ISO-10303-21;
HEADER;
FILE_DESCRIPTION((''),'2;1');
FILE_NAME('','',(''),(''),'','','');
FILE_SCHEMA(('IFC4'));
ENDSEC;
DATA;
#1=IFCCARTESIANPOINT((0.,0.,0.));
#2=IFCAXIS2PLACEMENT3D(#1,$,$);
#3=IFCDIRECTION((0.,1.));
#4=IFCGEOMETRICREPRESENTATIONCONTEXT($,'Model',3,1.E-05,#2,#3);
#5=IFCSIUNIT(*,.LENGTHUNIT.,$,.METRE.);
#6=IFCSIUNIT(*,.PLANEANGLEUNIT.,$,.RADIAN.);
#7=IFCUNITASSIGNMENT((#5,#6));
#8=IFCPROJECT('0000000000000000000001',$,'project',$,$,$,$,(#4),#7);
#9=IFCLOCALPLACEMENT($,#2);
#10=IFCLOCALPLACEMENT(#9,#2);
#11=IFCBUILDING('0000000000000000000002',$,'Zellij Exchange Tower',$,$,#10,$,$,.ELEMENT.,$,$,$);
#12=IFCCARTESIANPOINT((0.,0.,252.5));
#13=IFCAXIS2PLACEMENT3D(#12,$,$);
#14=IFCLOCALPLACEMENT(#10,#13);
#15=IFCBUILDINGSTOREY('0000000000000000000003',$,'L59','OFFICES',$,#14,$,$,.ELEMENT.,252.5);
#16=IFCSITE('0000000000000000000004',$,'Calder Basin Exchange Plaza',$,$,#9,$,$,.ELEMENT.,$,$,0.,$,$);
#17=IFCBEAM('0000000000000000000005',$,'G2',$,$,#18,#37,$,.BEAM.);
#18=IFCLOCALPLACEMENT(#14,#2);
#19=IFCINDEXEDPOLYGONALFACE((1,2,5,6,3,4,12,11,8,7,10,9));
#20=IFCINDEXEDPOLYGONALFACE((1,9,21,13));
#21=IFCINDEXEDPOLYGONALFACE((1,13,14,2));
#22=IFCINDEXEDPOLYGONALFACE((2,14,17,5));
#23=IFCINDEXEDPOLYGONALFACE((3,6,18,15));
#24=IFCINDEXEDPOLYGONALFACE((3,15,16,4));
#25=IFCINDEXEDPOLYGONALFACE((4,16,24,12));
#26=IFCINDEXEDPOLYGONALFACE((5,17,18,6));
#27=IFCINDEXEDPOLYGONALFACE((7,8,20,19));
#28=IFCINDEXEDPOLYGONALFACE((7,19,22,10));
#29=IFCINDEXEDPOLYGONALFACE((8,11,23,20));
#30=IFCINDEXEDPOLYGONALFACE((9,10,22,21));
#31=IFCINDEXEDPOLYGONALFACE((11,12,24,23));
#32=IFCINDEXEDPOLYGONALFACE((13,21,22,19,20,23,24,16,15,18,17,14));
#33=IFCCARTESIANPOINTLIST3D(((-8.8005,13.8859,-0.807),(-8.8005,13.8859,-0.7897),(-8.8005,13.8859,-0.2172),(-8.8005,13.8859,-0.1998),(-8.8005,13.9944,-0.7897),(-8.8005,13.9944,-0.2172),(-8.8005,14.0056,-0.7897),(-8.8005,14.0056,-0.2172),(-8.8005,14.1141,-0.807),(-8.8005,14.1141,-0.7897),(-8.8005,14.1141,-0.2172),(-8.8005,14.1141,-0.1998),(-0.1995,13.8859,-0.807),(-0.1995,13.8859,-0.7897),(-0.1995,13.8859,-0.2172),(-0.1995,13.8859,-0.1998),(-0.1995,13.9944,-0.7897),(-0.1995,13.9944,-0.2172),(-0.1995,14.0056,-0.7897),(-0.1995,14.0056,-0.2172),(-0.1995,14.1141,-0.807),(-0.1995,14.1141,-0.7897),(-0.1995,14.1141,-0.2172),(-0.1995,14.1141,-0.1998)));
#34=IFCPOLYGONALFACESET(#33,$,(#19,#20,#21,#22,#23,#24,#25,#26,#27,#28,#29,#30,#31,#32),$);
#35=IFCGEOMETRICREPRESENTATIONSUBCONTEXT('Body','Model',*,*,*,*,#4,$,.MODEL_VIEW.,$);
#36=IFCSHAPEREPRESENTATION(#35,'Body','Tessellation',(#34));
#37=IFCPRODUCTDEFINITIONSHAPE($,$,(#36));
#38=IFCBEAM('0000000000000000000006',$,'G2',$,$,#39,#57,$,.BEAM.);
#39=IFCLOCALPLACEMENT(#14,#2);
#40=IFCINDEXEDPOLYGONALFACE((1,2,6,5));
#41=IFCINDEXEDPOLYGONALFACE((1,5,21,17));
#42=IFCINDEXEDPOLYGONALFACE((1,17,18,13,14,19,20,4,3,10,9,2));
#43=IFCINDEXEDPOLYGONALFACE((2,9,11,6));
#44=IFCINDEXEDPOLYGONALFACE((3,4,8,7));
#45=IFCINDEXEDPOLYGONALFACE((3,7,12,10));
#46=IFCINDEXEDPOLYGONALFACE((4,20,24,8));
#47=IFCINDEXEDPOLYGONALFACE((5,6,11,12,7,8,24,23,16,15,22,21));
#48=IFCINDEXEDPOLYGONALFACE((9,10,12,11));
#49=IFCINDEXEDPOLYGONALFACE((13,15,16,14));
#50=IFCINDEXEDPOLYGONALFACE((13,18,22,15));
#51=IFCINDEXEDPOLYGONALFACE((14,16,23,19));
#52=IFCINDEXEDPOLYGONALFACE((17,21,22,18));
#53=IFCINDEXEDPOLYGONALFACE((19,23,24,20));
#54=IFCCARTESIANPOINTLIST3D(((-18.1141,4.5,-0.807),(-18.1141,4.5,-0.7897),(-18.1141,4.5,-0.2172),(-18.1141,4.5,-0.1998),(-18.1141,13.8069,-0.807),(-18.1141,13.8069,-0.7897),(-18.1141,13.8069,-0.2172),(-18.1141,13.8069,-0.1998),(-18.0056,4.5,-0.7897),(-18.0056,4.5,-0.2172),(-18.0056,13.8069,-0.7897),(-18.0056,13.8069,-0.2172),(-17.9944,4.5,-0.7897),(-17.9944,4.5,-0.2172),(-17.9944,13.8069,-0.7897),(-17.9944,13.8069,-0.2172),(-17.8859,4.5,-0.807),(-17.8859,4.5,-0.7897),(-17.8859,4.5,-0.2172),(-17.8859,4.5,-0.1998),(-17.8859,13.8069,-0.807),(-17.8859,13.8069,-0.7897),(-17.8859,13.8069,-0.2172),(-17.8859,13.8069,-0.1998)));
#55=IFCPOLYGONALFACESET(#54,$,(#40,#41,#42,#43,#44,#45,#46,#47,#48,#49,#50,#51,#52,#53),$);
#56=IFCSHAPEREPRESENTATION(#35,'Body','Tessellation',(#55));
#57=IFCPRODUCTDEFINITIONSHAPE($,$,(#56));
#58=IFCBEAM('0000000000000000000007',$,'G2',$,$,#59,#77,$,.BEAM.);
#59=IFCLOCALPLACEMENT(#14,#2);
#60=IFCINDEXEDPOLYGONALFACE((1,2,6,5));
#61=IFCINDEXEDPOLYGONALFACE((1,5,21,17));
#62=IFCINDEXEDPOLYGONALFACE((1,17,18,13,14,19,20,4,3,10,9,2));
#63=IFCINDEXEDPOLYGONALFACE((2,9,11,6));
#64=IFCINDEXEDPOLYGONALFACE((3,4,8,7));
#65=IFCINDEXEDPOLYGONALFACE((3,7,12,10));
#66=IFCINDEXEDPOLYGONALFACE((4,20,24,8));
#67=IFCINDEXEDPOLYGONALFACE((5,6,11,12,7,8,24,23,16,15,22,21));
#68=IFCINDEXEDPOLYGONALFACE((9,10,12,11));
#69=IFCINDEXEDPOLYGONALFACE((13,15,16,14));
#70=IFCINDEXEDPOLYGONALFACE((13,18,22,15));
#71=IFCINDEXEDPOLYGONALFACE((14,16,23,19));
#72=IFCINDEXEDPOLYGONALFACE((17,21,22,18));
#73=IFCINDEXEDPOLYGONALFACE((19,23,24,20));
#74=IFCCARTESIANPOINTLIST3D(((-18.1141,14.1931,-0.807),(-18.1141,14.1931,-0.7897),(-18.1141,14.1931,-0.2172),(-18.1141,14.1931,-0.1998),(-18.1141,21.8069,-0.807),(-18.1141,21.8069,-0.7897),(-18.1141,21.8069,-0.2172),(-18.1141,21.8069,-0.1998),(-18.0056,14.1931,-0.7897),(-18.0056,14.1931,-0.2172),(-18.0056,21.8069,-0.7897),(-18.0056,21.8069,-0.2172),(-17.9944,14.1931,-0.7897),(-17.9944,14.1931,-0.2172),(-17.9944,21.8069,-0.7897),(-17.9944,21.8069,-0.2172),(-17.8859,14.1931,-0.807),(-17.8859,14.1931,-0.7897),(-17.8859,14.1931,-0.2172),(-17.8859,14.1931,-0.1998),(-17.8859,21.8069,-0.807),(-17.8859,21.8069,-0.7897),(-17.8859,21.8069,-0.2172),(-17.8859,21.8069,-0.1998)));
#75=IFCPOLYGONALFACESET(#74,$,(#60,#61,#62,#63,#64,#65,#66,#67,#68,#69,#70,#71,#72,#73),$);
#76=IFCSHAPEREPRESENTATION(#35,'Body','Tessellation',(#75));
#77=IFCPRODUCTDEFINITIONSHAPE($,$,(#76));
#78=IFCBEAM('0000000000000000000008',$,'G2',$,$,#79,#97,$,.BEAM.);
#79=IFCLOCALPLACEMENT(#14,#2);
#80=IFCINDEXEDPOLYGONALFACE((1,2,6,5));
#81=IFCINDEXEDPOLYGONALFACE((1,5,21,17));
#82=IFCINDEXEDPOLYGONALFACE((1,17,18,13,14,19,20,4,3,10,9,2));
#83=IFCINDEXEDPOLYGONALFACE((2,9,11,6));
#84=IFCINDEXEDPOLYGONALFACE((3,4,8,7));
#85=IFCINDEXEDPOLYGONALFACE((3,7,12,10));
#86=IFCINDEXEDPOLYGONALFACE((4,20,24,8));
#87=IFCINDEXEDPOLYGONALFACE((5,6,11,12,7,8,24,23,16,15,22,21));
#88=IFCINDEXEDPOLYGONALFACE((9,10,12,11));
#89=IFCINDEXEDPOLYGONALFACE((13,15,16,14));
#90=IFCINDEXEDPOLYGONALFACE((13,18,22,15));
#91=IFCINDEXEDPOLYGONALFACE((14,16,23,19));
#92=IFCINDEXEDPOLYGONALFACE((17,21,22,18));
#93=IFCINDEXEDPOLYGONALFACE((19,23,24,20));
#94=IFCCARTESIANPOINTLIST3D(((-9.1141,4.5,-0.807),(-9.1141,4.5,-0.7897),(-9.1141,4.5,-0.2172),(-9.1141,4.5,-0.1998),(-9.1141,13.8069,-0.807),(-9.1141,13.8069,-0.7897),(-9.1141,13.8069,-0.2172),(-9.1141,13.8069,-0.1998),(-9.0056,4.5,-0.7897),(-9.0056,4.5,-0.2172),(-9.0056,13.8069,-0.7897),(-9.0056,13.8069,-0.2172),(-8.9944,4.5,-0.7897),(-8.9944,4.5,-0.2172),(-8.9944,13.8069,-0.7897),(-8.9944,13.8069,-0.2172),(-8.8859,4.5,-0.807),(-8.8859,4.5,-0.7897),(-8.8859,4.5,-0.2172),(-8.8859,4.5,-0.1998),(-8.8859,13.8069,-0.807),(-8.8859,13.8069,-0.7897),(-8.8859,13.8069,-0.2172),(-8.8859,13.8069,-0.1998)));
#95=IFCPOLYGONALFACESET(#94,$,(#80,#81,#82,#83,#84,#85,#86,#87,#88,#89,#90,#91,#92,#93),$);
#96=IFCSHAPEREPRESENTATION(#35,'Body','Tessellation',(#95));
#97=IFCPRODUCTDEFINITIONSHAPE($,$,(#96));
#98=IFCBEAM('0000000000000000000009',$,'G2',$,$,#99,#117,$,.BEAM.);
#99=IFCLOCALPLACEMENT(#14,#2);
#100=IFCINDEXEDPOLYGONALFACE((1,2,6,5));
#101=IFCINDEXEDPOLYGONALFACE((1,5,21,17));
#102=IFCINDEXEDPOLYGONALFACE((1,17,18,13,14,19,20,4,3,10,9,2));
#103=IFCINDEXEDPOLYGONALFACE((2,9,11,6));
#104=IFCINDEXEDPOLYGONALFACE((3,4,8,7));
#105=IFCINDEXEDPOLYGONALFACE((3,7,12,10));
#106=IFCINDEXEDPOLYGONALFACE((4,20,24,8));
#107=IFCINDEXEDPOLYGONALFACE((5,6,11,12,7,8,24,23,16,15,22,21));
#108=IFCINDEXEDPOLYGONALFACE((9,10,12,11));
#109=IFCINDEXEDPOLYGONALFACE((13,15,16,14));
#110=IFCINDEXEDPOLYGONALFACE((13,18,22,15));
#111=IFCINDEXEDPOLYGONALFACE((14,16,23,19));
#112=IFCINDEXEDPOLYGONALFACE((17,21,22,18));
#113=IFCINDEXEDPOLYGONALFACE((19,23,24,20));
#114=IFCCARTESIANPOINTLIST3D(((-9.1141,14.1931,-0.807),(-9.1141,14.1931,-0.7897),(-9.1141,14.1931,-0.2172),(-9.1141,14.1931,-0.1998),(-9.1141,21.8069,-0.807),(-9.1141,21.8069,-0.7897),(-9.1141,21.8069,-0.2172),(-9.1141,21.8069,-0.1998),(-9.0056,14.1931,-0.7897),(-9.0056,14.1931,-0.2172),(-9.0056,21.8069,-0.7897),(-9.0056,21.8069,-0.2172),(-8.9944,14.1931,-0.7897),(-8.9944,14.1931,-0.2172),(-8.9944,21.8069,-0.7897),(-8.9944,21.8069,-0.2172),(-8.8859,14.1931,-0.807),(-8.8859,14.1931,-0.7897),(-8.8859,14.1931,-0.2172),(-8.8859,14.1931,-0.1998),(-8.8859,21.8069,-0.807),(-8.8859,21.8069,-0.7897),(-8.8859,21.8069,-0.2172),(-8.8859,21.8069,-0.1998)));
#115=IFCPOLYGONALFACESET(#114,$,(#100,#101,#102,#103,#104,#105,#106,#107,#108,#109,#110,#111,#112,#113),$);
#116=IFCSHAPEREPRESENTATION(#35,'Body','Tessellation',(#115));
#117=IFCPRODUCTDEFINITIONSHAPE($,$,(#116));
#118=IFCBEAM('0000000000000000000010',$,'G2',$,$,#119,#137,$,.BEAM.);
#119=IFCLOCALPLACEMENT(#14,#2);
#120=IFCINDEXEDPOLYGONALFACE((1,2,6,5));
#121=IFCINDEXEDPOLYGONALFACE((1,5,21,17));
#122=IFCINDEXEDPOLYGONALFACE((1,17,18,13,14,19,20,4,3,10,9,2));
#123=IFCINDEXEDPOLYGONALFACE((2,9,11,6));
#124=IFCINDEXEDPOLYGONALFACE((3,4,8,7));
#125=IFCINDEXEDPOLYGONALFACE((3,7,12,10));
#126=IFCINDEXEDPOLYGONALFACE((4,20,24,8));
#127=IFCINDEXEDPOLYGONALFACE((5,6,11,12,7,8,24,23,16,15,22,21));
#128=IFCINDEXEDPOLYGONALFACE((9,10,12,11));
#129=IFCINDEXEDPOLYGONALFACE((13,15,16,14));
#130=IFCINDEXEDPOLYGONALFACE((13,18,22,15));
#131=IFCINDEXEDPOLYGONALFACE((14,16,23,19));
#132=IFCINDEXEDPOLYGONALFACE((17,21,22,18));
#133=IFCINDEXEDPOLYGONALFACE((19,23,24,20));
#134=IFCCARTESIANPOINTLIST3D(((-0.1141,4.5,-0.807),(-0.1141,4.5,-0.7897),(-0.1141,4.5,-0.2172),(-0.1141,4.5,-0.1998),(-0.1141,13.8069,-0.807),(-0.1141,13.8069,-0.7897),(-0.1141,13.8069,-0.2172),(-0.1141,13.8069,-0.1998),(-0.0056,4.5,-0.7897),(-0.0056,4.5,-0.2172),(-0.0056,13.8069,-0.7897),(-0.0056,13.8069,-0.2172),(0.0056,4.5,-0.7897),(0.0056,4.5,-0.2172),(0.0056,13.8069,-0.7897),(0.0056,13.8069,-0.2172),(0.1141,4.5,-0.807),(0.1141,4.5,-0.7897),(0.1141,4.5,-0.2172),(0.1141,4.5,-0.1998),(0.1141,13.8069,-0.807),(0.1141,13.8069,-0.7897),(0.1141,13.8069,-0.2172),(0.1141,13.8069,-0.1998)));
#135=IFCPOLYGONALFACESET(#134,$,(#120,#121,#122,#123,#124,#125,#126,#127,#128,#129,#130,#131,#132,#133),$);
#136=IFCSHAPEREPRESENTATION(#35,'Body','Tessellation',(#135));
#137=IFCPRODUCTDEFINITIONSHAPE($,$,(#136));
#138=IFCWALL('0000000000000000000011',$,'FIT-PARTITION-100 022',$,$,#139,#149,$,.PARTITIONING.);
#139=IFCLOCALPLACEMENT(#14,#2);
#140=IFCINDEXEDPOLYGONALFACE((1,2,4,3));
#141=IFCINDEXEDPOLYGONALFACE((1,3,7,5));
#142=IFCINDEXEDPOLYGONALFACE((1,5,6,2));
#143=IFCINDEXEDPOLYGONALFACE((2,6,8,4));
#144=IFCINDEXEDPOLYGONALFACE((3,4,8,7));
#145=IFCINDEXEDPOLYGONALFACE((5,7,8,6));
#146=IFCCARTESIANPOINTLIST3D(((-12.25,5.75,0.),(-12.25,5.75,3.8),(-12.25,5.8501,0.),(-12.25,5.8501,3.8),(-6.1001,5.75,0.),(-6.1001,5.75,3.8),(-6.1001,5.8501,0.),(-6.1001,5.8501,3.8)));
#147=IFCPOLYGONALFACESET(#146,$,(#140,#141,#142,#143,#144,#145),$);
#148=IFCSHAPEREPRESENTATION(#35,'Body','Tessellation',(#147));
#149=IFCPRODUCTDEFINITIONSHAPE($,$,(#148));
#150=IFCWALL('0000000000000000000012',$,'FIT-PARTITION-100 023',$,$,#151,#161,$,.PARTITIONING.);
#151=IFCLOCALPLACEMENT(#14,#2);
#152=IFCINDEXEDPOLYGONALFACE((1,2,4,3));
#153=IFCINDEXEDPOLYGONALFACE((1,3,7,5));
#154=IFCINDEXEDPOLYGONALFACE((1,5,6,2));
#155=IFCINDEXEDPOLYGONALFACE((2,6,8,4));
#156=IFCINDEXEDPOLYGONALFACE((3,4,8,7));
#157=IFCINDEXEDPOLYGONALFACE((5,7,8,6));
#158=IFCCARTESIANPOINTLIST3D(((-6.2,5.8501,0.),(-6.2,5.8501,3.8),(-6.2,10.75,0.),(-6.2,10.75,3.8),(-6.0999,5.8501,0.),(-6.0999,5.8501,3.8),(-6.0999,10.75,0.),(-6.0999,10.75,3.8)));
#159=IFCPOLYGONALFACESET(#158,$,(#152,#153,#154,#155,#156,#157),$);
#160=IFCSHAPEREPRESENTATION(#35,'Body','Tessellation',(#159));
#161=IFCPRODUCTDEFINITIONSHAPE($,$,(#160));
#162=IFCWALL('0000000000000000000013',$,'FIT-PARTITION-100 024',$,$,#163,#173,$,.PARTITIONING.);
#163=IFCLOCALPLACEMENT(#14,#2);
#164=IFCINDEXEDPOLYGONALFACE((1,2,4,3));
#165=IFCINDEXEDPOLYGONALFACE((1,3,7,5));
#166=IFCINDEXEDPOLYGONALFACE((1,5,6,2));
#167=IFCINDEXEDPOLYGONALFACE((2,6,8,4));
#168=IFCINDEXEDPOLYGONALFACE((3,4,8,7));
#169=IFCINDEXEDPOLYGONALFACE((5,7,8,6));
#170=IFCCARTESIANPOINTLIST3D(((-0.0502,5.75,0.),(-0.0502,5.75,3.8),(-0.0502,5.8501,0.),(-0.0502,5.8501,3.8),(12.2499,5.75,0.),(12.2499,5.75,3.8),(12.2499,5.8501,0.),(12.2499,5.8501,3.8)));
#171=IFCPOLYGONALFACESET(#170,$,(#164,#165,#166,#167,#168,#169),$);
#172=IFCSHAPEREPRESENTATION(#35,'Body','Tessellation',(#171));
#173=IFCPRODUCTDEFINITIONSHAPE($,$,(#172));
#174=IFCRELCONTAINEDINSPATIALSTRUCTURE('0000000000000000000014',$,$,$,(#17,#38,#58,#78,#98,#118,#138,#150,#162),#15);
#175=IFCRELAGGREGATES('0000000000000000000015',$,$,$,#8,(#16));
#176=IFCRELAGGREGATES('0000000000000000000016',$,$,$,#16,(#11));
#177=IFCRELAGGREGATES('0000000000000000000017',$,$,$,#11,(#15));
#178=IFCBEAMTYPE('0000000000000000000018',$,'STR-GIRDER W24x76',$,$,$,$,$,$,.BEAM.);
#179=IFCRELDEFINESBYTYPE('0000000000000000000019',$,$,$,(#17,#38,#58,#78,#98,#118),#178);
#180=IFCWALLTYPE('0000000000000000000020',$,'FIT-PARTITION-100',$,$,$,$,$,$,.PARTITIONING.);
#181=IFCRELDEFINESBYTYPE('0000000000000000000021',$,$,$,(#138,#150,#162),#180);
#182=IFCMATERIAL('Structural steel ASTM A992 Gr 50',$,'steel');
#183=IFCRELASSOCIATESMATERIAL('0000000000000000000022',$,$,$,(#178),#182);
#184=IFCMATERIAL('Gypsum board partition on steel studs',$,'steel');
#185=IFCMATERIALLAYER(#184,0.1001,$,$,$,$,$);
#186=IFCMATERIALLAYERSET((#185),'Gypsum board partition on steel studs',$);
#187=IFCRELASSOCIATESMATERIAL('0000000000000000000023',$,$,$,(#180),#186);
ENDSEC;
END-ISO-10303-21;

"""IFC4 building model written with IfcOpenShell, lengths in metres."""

from ifc_helpers import new_model, si_unit, direction, frame, frame_2d, origin, origin_2d, place, context, subcontext, project, spatial, rectangle, i_section, extrude, material, layer, layer_set, material_profile, profile_set, type_object, element, save


model = new_model("IFC4")

# Units and contexts
model_context = context("Model", 3, precision=1e-05, world=origin(), true_north=direction((0.0, 1.0)))
body_context = subcontext(model_context, "Body", "Model", "MODEL_VIEW")
ifc_project = project(units=[si_unit("LENGTHUNIT", "METRE"), si_unit("PLANEANGLEUNIT", "RADIAN")], contexts=[model_context])

# Site, building, storey
site_placement = place(None, origin())
site = spatial("IfcSite", under=ifc_project, at=site_placement, Name="Calder Basin Exchange Plaza", CompositionType="ELEMENT", RefElevation=0.0)
building_placement = place(site_placement, origin())
building = spatial("IfcBuilding", under=site, at=building_placement, Name="Zellij Exchange Tower", CompositionType="ELEMENT")
storey_placement = place(building_placement, frame((0.0, 0.0, 252.5)))
storey = spatial("IfcBuildingStorey", under=building, at=storey_placement, Name="L59", Description="OFFICES", CompositionType="ELEMENT", Elevation=252.5)

# Shared definitions
ifc_material_1 = material(Name="Structural steel ASTM A992 Gr 50", Category="steel")

# Beams
ifc_material_profile_1 = material_profile(ifc_material_1, i_section(OverallWidth=0.2283, OverallDepth=0.6072, WebThickness=0.0112, FlangeThickness=0.0173, at=origin_2d()), Name="W24x76")
ifc_profile_set_1 = profile_set([ifc_material_profile_1], Name="Structural steel ASTM A992 Gr 50")
beam_type = type_object("IfcBeamType", Name="STR-GIRDER W24x76", PredefinedType="BEAM", material=ifc_profile_set_1)
for number, where, z_axis, x_axis, name in (
    (1, (-8.8005, 14.0, -0.5034), (1.0, 0.0, 0.0), (0.0, 1.0, 0.0), "G2"),
):
    element("IfcBeam", number, at=place(storey_placement, frame(where, z_axis=z_axis, x_axis=x_axis)), inside=storey, type_object=beam_type, Name=name, PredefinedType="BEAM", context=body_context, shape_type="SweptSolid", body=[
        extrude(i_section(OverallWidth=0.2283, OverallDepth=0.6072, WebThickness=0.0112, FlangeThickness=0.0173, at=origin_2d()), origin(), (0.0, 0.0, 1.0), 8.6011),
    ])
beam_1_placement = place(storey_placement, frame((-18.0, 4.5, -0.5034), z_axis=(0.0, 1.0, 0.0), x_axis=(-1.0, 0.0, 0.0)))
element("IfcBeam", 2, at=beam_1_placement, inside=storey, type_object=beam_type, Name="G2", PredefinedType="BEAM", context=body_context, shape_type="SweptSolid", body=[
    extrude(i_section(OverallWidth=0.2283, OverallDepth=0.6072, WebThickness=0.0112, FlangeThickness=0.0173, at=origin_2d()), origin(), (0.0, 0.0, 1.0), 9.3069),
])
beam_2_placement = place(storey_placement, frame((-18.0, 14.1931, -0.5034), z_axis=(0.0, 1.0, 0.0), x_axis=(-1.0, 0.0, 0.0)))
element("IfcBeam", 3, at=beam_2_placement, inside=storey, type_object=beam_type, Name="G2", PredefinedType="BEAM", context=body_context, shape_type="SweptSolid", body=[
    extrude(i_section(OverallWidth=0.2283, OverallDepth=0.6072, WebThickness=0.0112, FlangeThickness=0.0173, at=origin_2d()), origin(), (0.0, 0.0, 1.0), 7.6138),
])
beam_3_placement = place(storey_placement, frame((-9.0, 4.5, -0.5034), z_axis=(0.0, 1.0, 0.0), x_axis=(-1.0, 0.0, 0.0)))
element("IfcBeam", 4, at=beam_3_placement, inside=storey, type_object=beam_type, Name="G2", PredefinedType="BEAM", context=body_context, shape_type="SweptSolid", body=[
    extrude(i_section(OverallWidth=0.2283, OverallDepth=0.6072, WebThickness=0.0112, FlangeThickness=0.0173, at=origin_2d()), origin(), (0.0, 0.0, 1.0), 9.3069),
])
beam_4_placement = place(storey_placement, frame((-9.0, 14.1931, -0.5034), z_axis=(0.0, 1.0, 0.0), x_axis=(-1.0, 0.0, 0.0)))
element("IfcBeam", 5, at=beam_4_placement, inside=storey, type_object=beam_type, Name="G2", PredefinedType="BEAM", context=body_context, shape_type="SweptSolid", body=[
    extrude(i_section(OverallWidth=0.2283, OverallDepth=0.6072, WebThickness=0.0112, FlangeThickness=0.0173, at=origin_2d()), origin(), (0.0, 0.0, 1.0), 7.6138),
])
beam_5_placement = place(storey_placement, frame((0.0, 4.5, -0.5034), z_axis=(0.0, 1.0, 0.0), x_axis=(-1.0, 0.0, 0.0)))
element("IfcBeam", 6, at=beam_5_placement, inside=storey, type_object=beam_type, Name="G2", PredefinedType="BEAM", context=body_context, shape_type="SweptSolid", body=[
    extrude(i_section(OverallWidth=0.2283, OverallDepth=0.6072, WebThickness=0.0112, FlangeThickness=0.0173, at=origin_2d()), origin(), (0.0, 0.0, 1.0), 9.3069),
])

# Walls
ifc_material_2 = material(Name="Gypsum board partition on steel studs", Category="steel")
ifc_layer = layer(ifc_material_2, 0.1001)
ifc_layer_set = layer_set([ifc_layer], Name="Gypsum board partition on steel studs")
wall_type = type_object("IfcWallType", Name="FIT-PARTITION-100", PredefinedType="PARTITIONING", material=ifc_layer_set)
wall_1_placement = place(storey_placement, frame((-12.25, 5.8, 0.0), z_axis=(0.0, 0.0, 1.0), x_axis=(1.0, 0.0, 0.0)))
element("IfcWall", 7, at=wall_1_placement, inside=storey, type_object=wall_type, Name="FIT-PARTITION-100 022", PredefinedType="PARTITIONING", context=body_context, shape_type="SweptSolid", body=[
    extrude(rectangle(XDim=6.1499, YDim=0.1001, at=frame_2d((3.075, 0.0))), origin(), (0.0, 0.0, 1.0), 3.8),
])
wall_2_placement = place(storey_placement, frame((-6.1499, 5.8501, 0.0), z_axis=(0.0, 0.0, 1.0), x_axis=(0.0, 1.0, 0.0)))
element("IfcWall", 8, at=wall_2_placement, inside=storey, type_object=wall_type, Name="FIT-PARTITION-100 023", PredefinedType="PARTITIONING", context=body_context, shape_type="SweptSolid", body=[
    extrude(rectangle(XDim=4.8999, YDim=0.1001, at=frame_2d((2.45, 0.0))), origin(), (0.0, 0.0, 1.0), 3.8),
])
wall_3_placement = place(storey_placement, frame((-0.05, 5.8, 0.0), z_axis=(0.0, 0.0, 1.0), x_axis=(1.0, 0.0, 0.0)))
element("IfcWall", 9, at=wall_3_placement, inside=storey, type_object=wall_type, Name="FIT-PARTITION-100 024", PredefinedType="PARTITIONING", context=body_context, shape_type="SweptSolid", body=[
    extrude(rectangle(XDim=12.3, YDim=0.1001, at=frame_2d((6.1499, 0.0))), origin(), (0.0, 0.0, 1.0), 3.8),
])

save(model, "model.ifc")
